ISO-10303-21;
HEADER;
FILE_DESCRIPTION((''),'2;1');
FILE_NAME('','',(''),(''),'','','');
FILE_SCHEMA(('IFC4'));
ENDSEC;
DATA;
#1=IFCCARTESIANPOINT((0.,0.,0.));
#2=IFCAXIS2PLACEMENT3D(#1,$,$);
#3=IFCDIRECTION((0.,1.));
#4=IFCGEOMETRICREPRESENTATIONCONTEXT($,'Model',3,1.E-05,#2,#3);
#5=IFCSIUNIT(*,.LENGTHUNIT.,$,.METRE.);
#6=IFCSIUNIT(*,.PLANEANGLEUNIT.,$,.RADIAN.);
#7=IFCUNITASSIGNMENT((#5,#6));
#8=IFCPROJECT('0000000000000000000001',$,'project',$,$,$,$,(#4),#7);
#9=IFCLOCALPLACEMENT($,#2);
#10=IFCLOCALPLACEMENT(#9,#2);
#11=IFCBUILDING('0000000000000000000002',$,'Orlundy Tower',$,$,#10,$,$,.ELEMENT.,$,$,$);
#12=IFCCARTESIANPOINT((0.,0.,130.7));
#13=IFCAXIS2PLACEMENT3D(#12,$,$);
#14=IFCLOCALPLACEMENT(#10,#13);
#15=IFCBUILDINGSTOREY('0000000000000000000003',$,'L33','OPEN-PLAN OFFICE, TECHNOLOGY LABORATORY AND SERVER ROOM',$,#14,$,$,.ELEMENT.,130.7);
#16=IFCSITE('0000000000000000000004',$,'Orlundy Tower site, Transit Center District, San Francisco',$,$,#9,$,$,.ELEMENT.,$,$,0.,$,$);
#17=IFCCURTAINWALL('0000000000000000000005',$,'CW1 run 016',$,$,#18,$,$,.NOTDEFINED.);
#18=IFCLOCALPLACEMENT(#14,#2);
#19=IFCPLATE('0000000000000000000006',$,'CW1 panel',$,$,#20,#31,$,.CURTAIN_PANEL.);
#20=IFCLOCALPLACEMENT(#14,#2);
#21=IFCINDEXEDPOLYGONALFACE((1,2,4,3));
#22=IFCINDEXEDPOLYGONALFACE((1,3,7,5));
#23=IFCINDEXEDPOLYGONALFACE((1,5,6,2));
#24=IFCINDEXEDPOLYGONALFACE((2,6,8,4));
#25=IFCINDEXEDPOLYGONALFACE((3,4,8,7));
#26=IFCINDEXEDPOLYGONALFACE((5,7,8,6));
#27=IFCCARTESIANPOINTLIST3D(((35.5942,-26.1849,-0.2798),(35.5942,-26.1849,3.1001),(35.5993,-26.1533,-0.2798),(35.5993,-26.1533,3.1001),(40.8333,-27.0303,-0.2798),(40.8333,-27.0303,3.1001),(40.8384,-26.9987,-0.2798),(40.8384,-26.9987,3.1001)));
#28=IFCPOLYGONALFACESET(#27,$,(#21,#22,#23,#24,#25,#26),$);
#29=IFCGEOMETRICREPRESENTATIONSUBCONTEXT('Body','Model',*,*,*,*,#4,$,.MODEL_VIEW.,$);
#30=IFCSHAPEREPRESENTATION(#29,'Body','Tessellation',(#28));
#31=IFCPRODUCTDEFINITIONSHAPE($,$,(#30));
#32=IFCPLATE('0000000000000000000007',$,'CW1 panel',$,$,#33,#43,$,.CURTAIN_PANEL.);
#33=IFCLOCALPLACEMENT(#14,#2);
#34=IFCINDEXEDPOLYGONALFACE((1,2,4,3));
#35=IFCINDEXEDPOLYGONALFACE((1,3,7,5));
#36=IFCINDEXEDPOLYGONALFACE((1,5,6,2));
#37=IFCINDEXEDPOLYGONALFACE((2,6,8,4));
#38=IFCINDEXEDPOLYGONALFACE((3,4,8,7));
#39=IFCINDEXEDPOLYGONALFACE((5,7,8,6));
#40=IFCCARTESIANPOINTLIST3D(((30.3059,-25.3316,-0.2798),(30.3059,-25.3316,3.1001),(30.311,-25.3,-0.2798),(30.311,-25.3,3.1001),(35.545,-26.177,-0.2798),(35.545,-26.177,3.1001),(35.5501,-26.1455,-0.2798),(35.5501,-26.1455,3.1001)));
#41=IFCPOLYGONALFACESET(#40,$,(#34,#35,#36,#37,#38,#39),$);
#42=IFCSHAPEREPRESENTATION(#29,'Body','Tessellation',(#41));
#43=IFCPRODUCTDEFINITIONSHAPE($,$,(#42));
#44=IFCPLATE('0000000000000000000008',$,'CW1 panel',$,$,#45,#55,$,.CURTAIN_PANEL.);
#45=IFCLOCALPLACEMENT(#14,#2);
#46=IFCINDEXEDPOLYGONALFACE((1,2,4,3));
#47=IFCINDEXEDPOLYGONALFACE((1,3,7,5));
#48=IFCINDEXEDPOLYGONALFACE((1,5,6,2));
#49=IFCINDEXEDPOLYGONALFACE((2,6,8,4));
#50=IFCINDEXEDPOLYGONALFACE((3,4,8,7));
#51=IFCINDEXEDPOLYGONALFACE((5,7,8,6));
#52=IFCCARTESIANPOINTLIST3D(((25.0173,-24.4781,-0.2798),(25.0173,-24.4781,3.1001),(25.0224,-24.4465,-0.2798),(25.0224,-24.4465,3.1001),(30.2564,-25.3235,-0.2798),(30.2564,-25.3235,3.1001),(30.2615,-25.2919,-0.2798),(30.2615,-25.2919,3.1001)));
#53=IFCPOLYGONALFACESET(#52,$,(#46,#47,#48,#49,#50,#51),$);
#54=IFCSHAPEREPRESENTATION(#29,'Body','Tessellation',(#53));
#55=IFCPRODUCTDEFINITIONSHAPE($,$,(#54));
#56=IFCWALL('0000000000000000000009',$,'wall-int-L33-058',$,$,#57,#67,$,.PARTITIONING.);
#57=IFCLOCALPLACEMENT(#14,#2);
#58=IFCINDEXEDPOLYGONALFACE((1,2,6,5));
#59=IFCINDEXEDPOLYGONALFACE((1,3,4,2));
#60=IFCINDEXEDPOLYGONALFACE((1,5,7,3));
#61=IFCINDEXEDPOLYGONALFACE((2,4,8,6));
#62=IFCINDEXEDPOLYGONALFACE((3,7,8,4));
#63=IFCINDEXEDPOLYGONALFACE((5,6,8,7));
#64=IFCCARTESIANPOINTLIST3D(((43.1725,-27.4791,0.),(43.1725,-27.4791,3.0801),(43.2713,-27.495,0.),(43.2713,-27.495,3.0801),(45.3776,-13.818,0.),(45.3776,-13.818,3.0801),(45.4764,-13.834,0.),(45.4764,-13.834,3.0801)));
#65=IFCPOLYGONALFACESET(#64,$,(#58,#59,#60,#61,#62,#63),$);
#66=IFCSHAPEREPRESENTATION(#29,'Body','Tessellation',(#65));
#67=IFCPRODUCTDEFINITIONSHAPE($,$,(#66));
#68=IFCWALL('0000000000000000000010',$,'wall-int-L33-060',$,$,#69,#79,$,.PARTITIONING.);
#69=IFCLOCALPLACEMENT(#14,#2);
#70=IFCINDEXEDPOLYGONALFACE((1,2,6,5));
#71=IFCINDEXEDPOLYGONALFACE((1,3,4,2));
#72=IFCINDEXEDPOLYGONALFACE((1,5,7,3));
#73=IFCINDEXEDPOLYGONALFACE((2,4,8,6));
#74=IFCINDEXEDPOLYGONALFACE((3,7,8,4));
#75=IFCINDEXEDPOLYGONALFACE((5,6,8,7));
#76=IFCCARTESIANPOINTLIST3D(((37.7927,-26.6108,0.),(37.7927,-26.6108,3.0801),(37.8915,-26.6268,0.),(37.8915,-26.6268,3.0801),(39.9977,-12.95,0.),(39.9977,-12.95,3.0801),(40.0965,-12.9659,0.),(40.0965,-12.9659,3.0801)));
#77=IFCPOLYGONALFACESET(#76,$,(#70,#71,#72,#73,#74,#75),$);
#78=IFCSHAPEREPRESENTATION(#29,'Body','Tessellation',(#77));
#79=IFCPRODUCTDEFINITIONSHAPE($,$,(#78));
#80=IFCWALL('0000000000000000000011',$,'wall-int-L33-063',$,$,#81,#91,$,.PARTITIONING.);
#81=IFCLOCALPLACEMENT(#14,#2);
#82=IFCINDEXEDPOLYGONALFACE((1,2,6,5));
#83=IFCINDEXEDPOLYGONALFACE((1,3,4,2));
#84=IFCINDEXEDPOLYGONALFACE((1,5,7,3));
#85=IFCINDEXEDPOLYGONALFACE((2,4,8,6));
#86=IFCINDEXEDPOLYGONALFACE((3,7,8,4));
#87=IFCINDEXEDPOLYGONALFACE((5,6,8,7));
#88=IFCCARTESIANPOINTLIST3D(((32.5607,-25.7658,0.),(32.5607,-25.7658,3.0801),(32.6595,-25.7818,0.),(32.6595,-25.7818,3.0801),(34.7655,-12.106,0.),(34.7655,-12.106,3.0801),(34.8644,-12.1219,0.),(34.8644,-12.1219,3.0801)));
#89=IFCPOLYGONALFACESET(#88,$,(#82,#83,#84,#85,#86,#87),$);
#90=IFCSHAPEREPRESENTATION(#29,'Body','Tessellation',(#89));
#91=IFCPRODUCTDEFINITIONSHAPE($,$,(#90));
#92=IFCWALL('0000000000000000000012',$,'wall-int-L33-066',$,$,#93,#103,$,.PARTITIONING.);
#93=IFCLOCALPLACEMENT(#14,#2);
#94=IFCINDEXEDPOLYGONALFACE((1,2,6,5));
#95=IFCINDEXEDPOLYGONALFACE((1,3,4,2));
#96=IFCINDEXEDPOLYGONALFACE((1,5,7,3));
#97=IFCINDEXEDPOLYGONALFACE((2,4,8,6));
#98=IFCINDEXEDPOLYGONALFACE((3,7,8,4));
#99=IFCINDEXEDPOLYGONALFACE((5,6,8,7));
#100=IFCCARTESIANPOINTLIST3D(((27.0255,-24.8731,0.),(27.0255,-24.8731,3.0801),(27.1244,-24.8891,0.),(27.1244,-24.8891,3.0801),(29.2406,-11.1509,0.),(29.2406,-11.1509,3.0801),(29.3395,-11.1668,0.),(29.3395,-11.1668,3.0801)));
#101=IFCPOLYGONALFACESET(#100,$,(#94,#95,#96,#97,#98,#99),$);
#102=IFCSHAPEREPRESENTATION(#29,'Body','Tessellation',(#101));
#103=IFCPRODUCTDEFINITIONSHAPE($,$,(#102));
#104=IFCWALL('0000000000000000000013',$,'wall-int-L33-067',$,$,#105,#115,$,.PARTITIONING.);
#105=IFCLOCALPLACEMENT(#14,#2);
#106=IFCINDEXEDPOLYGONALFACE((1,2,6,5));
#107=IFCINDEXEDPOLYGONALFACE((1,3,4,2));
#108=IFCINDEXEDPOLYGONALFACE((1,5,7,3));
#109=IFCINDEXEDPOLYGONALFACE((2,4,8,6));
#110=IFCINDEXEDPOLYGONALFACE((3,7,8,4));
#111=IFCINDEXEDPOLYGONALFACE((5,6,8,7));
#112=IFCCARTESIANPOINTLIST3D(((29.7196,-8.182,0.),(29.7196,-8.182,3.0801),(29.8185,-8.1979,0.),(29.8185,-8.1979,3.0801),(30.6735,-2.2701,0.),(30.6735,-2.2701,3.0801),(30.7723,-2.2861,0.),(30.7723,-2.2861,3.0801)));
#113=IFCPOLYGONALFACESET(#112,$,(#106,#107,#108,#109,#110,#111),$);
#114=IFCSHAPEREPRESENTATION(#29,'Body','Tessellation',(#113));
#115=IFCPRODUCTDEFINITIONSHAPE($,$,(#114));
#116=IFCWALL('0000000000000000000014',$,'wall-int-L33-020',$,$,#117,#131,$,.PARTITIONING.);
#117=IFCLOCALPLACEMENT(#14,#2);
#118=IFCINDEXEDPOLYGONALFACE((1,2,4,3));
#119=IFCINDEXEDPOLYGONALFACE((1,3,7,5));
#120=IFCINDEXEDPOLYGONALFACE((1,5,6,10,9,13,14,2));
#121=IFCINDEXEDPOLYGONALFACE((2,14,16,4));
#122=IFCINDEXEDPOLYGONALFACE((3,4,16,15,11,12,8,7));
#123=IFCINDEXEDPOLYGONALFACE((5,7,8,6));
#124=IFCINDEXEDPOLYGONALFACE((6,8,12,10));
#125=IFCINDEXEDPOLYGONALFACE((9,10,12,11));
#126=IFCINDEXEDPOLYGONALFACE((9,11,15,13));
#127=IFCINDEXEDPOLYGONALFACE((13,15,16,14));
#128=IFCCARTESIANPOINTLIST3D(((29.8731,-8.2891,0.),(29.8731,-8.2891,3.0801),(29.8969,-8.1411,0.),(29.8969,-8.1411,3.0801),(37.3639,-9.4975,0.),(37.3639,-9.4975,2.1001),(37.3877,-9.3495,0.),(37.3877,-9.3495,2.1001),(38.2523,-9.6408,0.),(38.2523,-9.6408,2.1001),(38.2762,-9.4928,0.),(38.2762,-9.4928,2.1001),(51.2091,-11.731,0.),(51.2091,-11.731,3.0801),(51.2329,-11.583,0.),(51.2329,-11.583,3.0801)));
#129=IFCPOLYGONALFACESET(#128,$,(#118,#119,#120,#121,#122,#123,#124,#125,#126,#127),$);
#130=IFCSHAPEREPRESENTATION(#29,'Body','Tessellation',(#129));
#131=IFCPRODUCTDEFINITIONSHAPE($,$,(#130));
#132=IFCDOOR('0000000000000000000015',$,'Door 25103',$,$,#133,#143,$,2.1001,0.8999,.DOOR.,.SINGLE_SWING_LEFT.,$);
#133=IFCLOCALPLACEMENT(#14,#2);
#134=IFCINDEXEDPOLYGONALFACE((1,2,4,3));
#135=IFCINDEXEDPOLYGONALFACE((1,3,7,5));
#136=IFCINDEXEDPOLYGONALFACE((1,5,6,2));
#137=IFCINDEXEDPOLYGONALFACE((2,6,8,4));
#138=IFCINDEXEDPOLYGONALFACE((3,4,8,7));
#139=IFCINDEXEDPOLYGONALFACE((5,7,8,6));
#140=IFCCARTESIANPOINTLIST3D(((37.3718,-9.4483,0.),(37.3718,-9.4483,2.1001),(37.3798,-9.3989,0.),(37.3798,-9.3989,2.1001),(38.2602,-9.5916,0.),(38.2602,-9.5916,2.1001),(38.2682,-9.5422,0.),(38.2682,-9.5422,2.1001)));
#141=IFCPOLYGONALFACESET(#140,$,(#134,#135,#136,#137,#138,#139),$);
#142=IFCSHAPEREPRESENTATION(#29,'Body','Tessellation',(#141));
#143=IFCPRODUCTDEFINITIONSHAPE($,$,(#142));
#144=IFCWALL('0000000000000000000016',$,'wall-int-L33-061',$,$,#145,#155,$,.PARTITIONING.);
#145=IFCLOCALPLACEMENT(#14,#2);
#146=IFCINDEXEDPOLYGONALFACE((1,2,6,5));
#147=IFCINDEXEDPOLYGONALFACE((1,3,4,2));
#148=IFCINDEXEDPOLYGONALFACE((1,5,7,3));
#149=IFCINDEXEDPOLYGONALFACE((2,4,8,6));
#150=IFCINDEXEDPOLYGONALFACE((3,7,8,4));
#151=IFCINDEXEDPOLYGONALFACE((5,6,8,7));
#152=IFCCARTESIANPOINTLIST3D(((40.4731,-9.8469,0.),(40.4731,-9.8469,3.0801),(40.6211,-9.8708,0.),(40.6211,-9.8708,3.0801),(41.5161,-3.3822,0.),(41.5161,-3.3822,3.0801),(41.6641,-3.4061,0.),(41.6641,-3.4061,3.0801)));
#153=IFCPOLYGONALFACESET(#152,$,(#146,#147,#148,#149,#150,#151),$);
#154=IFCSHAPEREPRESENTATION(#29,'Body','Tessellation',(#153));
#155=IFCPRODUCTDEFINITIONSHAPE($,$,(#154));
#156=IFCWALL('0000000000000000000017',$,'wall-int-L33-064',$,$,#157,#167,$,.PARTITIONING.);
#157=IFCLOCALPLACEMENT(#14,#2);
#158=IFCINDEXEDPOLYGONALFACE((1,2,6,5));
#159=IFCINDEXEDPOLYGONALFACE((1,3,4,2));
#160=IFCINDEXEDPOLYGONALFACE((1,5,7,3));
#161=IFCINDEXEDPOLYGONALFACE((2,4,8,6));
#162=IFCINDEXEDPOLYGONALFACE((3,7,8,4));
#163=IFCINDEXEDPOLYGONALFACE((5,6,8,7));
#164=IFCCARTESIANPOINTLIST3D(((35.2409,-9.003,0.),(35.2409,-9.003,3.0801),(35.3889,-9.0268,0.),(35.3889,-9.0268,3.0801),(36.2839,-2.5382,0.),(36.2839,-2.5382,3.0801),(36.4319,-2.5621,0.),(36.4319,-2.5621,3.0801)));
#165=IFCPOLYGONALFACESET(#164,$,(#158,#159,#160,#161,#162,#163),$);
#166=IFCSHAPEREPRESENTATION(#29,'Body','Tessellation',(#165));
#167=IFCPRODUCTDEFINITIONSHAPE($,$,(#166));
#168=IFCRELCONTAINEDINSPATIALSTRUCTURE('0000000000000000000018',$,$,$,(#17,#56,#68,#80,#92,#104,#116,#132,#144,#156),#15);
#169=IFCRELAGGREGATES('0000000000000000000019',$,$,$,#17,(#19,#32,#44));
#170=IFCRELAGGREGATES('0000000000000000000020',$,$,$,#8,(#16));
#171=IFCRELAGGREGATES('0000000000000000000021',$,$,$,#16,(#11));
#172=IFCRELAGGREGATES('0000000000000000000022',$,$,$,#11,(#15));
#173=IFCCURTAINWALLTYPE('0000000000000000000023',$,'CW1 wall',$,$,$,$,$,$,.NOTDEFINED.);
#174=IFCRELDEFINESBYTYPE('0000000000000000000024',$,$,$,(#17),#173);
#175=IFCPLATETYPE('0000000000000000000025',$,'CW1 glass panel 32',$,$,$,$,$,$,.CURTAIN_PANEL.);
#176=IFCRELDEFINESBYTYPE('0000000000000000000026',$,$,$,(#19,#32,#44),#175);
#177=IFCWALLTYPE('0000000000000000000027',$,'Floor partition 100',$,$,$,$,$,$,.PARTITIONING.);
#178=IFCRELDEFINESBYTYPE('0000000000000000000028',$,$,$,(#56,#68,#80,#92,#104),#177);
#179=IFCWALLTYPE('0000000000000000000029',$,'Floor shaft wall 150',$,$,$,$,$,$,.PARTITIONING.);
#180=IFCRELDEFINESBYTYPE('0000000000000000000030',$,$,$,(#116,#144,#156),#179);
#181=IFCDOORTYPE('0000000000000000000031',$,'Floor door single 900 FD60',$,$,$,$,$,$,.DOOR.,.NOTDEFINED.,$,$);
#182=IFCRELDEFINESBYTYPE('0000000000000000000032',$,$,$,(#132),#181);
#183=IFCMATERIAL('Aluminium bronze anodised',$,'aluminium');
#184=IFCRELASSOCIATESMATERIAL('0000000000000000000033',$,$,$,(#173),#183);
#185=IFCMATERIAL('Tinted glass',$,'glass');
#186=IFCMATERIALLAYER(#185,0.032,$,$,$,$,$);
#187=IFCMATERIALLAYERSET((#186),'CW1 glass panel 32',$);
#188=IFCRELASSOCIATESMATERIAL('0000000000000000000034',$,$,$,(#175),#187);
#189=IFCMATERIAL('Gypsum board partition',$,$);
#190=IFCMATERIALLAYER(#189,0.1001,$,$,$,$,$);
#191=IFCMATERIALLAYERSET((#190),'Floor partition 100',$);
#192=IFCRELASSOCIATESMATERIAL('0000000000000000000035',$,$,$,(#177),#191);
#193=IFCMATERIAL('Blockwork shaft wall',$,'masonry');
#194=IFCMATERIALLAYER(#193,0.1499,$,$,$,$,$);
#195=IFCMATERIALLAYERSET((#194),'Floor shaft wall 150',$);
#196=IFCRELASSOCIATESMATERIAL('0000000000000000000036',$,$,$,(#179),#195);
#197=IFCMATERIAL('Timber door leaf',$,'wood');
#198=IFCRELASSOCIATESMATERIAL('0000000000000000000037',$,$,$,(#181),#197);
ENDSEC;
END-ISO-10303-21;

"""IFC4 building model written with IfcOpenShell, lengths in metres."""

from ifc_helpers import new_model, si_unit, direction, frame, frame_2d, origin, origin_2d, place, context, subcontext, project, spatial, rectangle, extrude, material, layer, layer_set, type_object, element, fill, aggregate, save


model = new_model("IFC4")

# Units and contexts
model_context = context("Model", 3, precision=1e-05, world=origin(), true_north=direction((0.0, 1.0)))
body_context = subcontext(model_context, "Body", "Model", "MODEL_VIEW")
ifc_project = project(units=[si_unit("LENGTHUNIT", "METRE"), si_unit("PLANEANGLEUNIT", "RADIAN")], contexts=[model_context])

# Site, building, storey
site_placement = place(None, origin())
site = spatial("IfcSite", under=ifc_project, at=site_placement, Name="Orlundy Tower site, Transit Center District, San Francisco", CompositionType="ELEMENT", RefElevation=0.0)
building_placement = place(site_placement, origin())
building = spatial("IfcBuilding", under=site, at=building_placement, Name="Orlundy Tower", CompositionType="ELEMENT")
storey_placement = place(building_placement, frame((0.0, 0.0, 130.7)))
storey = spatial("IfcBuildingStorey", under=building, at=storey_placement, Name="L33", Description="OPEN-PLAN OFFICE, TECHNOLOGY LABORATORY AND SERVER ROOM", CompositionType="ELEMENT", Elevation=130.7)

# Curtain wall
ifc_material_1 = material(Name="Aluminium bronze anodised", Category="aluminium")
curtain_wall_type = type_object("IfcCurtainWallType", Name="CW1 wall", PredefinedType="NOTDEFINED", material=ifc_material_1)
curtain_wall_1_placement = place(storey_placement, origin())
curtain_wall_1 = element("IfcCurtainWall", 1, at=curtain_wall_1_placement, inside=storey, type_object=curtain_wall_type, Name="CW1 run 016", PredefinedType="NOTDEFINED")

# Shared definitions
ifc_material_2 = material(Name="Tinted glass", Category="glass")
ifc_layer_1 = layer(ifc_material_2, 0.032)
ifc_layer_set_1 = layer_set([ifc_layer_1], Name="CW1 glass panel 32")
plate_type = type_object("IfcPlateType", Name="CW1 glass panel 32", PredefinedType="CURTAIN_PANEL", material=ifc_layer_set_1)

# Plates
plate_1_placement = place(storey_placement, frame((38.2163, -26.5918, -0.2798), z_axis=(0.0, 0.0, 1.0), x_axis=(-0.987228, 0.159311, 0.0)))
plate_1 = element("IfcPlate", 2, at=plate_1_placement, type_object=plate_type, Name="CW1 panel", PredefinedType="CURTAIN_PANEL", context=body_context, shape_type="SweptSolid", body=[
    extrude(rectangle(XDim=5.3069, YDim=0.032, at=origin_2d()), origin(), (0.0, 0.0, 1.0), 3.3799),
])
plate_2_placement = place(storey_placement, frame((32.928, -25.7385, -0.2798), z_axis=(0.0, 0.0, 1.0), x_axis=(-0.987228, 0.159311, 0.0)))
plate_2 = element("IfcPlate", 3, at=plate_2_placement, type_object=plate_type, Name="CW1 panel", PredefinedType="CURTAIN_PANEL", context=body_context, shape_type="SweptSolid", body=[
    extrude(rectangle(XDim=5.3069, YDim=0.032, at=origin_2d()), origin(), (0.0, 0.0, 1.0), 3.3799),
])
plate_3_placement = place(storey_placement, frame((27.6394, -24.885, -0.2798), z_axis=(0.0, 0.0, 1.0), x_axis=(-0.987228, 0.159311, 0.0)))
plate_3 = element("IfcPlate", 4, at=plate_3_placement, type_object=plate_type, Name="CW1 panel", PredefinedType="CURTAIN_PANEL", context=body_context, shape_type="SweptSolid", body=[
    extrude(rectangle(XDim=5.3069, YDim=0.032, at=origin_2d()), origin(), (0.0, 0.0, 1.0), 3.3799),
])
aggregate(curtain_wall_1, [plate_1, plate_2, plate_3])

# Walls
ifc_material_3 = material(Name="Gypsum board partition")
ifc_layer_2 = layer(ifc_material_3, 0.1001)
ifc_layer_set_2 = layer_set([ifc_layer_2], Name="Floor partition 100")
wall_type_1 = type_object("IfcWallType", Name="Floor partition 100", PredefinedType="PARTITIONING", material=ifc_layer_set_2)
wall_1_placement = place(storey_placement, frame((43.2219, -27.4871, 0.0), z_axis=(0.0, 0.0, 1.0), x_axis=(0.15935, 0.987222, 0.0)))
element("IfcWall", 5, at=wall_1_placement, inside=storey, type_object=wall_type_1, Name="wall-int-L33-058", PredefinedType="PARTITIONING", context=body_context, shape_type="SweptSolid", body=[
    extrude(rectangle(XDim=13.8379, YDim=0.1001, at=frame_2d((6.9189, 0.0))), origin(), (0.0, 0.0, 1.0), 3.0801),
])
wall_2_placement = place(storey_placement, frame((37.842, -26.6189, 0.0), z_axis=(0.0, 0.0, 1.0), x_axis=(0.159353, 0.987222, 0.0)))
element("IfcWall", 6, at=wall_2_placement, inside=storey, type_object=wall_type_1, Name="wall-int-L33-060", PredefinedType="PARTITIONING", context=body_context, shape_type="SweptSolid", body=[
    extrude(rectangle(XDim=13.8376, YDim=0.1001, at=frame_2d((6.9189, 0.0))), origin(), (0.0, 0.0, 1.0), 3.0801),
])
wall_3_placement = place(storey_placement, frame((32.6101, -25.7739, 0.0), z_axis=(0.0, 0.0, 1.0), x_axis=(0.159347, 0.987223, 0.0)))
element("IfcWall", 7, at=wall_3_placement, inside=storey, type_object=wall_type_1, Name="wall-int-L33-063", PredefinedType="PARTITIONING", context=body_context, shape_type="SweptSolid", body=[
    extrude(rectangle(XDim=13.8367, YDim=0.1001, at=frame_2d((6.9185, 0.0))), origin(), (0.0, 0.0, 1.0), 3.0801),
])
wall_4_placement = place(storey_placement, frame((27.075, -24.8811, 0.0), z_axis=(0.0, 0.0, 1.0), x_axis=(0.159361, 0.98722, 0.0)))
element("IfcWall", 8, at=wall_4_placement, inside=storey, type_object=wall_type_1, Name="wall-int-L33-066", PredefinedType="PARTITIONING", context=body_context, shape_type="SweptSolid", body=[
    extrude(rectangle(XDim=13.8999, YDim=0.1001, at=frame_2d((6.95, 0.0))), origin(), (0.0, 0.0, 1.0), 3.0801),
])
wall_5_placement = place(storey_placement, frame((29.769, -8.1899, 0.0), z_axis=(0.0, 0.0, 1.0), x_axis=(0.159286, 0.987232, 0.0)))
element("IfcWall", 9, at=wall_5_placement, inside=storey, type_object=wall_type_1, Name="wall-int-L33-067", PredefinedType="PARTITIONING", context=body_context, shape_type="SweptSolid", body=[
    extrude(rectangle(XDim=5.9883, YDim=0.1001, at=frame_2d((2.9941, 0.0))), origin(), (0.0, 0.0, 1.0), 3.0801),
])

# Wall, opening, door
ifc_material_4 = material(Name="Blockwork shaft wall", Category="masonry")
ifc_layer_3 = layer(ifc_material_4, 0.1499)
ifc_layer_set_3 = layer_set([ifc_layer_3], Name="Floor shaft wall 150")
wall_type_2 = type_object("IfcWallType", Name="Floor shaft wall 150", PredefinedType="PARTITIONING", material=ifc_layer_set_3)
wall_6_placement = place(storey_placement, frame((29.885, -8.2151, 0.0), z_axis=(0.0, 0.0, 1.0), x_axis=(0.987237, -0.15926, 0.0)))
wall_6 = element("IfcWall", 10, at=wall_6_placement, inside=storey, type_object=wall_type_2, Name="wall-int-L33-020", PredefinedType="PARTITIONING", context=body_context, shape_type="SweptSolid", body=[
    extrude(rectangle(XDim=21.6118, YDim=0.1499, at=frame_2d((10.8059, 0.0))), origin(), (0.0, 0.0, 1.0), 3.0801),
])
opening_placement = place(wall_6_placement, frame((7.5876, 0.0, 0.0)))
opening = element("IfcOpeningElement", 11, at=opening_placement, cuts=wall_6, PredefinedType="OPENING", context=body_context, shape_type="SweptSolid", body=[
    extrude(rectangle(XDim=0.8999, YDim=2.1001, at=frame_2d((0.45, 1.05))), frame((0.0, 0.085, 0.0), z_axis=(0.0, -1.0, 0.0), x_axis=(1.0, 0.0, 0.0)), (0.0, 0.0, 1.0), 0.1699),
])
ifc_material_5 = material(Name="Timber door leaf", Category="wood")
door_type = type_object("IfcDoorType", Name="Floor door single 900 FD60", OperationType="NOTDEFINED", PredefinedType="DOOR", material=ifc_material_5)
door_placement = place(opening_placement, origin())
door = element("IfcDoor", 12, at=door_placement, inside=storey, type_object=door_type, Name="Door 25103", OperationType="SINGLE_SWING_LEFT", OverallHeight=2.1001, OverallWidth=0.8999, PredefinedType="DOOR", context=body_context, shape_type="SweptSolid", body=[
    extrude(rectangle(XDim=0.8999, YDim=2.1001, at=frame_2d((0.45, 1.05))), frame((0.0, 0.0249, 0.0), z_axis=(0.0, -1.0, 0.0), x_axis=(1.0, 0.0, 0.0)), (0.0, 0.0, 1.0), 0.05),
])
fill(opening, door)

# Walls
for number, where, z_axis, x_axis, name in (
    (13, (40.5471, -9.8589, 0.0), (0.0, 0.0, 1.0), (0.15927, 0.987235, 0.0), "wall-int-L33-061"),
    (14, (35.3149, -9.0149, 0.0), (0.0, 0.0, 1.0), (0.15927, 0.987235, 0.0), "wall-int-L33-064"),
):
    element("IfcWall", number, at=place(storey_placement, frame(where, z_axis=z_axis, x_axis=x_axis)), inside=storey, type_object=wall_type_2, Name=name, PredefinedType="PARTITIONING", context=body_context, shape_type="SweptSolid", body=[
        extrude(rectangle(XDim=6.5483, YDim=0.1499, at=frame_2d((3.2742, 0.0))), origin(), (0.0, 0.0, 1.0), 3.0801),
    ])

save(model, "model.ifc")
